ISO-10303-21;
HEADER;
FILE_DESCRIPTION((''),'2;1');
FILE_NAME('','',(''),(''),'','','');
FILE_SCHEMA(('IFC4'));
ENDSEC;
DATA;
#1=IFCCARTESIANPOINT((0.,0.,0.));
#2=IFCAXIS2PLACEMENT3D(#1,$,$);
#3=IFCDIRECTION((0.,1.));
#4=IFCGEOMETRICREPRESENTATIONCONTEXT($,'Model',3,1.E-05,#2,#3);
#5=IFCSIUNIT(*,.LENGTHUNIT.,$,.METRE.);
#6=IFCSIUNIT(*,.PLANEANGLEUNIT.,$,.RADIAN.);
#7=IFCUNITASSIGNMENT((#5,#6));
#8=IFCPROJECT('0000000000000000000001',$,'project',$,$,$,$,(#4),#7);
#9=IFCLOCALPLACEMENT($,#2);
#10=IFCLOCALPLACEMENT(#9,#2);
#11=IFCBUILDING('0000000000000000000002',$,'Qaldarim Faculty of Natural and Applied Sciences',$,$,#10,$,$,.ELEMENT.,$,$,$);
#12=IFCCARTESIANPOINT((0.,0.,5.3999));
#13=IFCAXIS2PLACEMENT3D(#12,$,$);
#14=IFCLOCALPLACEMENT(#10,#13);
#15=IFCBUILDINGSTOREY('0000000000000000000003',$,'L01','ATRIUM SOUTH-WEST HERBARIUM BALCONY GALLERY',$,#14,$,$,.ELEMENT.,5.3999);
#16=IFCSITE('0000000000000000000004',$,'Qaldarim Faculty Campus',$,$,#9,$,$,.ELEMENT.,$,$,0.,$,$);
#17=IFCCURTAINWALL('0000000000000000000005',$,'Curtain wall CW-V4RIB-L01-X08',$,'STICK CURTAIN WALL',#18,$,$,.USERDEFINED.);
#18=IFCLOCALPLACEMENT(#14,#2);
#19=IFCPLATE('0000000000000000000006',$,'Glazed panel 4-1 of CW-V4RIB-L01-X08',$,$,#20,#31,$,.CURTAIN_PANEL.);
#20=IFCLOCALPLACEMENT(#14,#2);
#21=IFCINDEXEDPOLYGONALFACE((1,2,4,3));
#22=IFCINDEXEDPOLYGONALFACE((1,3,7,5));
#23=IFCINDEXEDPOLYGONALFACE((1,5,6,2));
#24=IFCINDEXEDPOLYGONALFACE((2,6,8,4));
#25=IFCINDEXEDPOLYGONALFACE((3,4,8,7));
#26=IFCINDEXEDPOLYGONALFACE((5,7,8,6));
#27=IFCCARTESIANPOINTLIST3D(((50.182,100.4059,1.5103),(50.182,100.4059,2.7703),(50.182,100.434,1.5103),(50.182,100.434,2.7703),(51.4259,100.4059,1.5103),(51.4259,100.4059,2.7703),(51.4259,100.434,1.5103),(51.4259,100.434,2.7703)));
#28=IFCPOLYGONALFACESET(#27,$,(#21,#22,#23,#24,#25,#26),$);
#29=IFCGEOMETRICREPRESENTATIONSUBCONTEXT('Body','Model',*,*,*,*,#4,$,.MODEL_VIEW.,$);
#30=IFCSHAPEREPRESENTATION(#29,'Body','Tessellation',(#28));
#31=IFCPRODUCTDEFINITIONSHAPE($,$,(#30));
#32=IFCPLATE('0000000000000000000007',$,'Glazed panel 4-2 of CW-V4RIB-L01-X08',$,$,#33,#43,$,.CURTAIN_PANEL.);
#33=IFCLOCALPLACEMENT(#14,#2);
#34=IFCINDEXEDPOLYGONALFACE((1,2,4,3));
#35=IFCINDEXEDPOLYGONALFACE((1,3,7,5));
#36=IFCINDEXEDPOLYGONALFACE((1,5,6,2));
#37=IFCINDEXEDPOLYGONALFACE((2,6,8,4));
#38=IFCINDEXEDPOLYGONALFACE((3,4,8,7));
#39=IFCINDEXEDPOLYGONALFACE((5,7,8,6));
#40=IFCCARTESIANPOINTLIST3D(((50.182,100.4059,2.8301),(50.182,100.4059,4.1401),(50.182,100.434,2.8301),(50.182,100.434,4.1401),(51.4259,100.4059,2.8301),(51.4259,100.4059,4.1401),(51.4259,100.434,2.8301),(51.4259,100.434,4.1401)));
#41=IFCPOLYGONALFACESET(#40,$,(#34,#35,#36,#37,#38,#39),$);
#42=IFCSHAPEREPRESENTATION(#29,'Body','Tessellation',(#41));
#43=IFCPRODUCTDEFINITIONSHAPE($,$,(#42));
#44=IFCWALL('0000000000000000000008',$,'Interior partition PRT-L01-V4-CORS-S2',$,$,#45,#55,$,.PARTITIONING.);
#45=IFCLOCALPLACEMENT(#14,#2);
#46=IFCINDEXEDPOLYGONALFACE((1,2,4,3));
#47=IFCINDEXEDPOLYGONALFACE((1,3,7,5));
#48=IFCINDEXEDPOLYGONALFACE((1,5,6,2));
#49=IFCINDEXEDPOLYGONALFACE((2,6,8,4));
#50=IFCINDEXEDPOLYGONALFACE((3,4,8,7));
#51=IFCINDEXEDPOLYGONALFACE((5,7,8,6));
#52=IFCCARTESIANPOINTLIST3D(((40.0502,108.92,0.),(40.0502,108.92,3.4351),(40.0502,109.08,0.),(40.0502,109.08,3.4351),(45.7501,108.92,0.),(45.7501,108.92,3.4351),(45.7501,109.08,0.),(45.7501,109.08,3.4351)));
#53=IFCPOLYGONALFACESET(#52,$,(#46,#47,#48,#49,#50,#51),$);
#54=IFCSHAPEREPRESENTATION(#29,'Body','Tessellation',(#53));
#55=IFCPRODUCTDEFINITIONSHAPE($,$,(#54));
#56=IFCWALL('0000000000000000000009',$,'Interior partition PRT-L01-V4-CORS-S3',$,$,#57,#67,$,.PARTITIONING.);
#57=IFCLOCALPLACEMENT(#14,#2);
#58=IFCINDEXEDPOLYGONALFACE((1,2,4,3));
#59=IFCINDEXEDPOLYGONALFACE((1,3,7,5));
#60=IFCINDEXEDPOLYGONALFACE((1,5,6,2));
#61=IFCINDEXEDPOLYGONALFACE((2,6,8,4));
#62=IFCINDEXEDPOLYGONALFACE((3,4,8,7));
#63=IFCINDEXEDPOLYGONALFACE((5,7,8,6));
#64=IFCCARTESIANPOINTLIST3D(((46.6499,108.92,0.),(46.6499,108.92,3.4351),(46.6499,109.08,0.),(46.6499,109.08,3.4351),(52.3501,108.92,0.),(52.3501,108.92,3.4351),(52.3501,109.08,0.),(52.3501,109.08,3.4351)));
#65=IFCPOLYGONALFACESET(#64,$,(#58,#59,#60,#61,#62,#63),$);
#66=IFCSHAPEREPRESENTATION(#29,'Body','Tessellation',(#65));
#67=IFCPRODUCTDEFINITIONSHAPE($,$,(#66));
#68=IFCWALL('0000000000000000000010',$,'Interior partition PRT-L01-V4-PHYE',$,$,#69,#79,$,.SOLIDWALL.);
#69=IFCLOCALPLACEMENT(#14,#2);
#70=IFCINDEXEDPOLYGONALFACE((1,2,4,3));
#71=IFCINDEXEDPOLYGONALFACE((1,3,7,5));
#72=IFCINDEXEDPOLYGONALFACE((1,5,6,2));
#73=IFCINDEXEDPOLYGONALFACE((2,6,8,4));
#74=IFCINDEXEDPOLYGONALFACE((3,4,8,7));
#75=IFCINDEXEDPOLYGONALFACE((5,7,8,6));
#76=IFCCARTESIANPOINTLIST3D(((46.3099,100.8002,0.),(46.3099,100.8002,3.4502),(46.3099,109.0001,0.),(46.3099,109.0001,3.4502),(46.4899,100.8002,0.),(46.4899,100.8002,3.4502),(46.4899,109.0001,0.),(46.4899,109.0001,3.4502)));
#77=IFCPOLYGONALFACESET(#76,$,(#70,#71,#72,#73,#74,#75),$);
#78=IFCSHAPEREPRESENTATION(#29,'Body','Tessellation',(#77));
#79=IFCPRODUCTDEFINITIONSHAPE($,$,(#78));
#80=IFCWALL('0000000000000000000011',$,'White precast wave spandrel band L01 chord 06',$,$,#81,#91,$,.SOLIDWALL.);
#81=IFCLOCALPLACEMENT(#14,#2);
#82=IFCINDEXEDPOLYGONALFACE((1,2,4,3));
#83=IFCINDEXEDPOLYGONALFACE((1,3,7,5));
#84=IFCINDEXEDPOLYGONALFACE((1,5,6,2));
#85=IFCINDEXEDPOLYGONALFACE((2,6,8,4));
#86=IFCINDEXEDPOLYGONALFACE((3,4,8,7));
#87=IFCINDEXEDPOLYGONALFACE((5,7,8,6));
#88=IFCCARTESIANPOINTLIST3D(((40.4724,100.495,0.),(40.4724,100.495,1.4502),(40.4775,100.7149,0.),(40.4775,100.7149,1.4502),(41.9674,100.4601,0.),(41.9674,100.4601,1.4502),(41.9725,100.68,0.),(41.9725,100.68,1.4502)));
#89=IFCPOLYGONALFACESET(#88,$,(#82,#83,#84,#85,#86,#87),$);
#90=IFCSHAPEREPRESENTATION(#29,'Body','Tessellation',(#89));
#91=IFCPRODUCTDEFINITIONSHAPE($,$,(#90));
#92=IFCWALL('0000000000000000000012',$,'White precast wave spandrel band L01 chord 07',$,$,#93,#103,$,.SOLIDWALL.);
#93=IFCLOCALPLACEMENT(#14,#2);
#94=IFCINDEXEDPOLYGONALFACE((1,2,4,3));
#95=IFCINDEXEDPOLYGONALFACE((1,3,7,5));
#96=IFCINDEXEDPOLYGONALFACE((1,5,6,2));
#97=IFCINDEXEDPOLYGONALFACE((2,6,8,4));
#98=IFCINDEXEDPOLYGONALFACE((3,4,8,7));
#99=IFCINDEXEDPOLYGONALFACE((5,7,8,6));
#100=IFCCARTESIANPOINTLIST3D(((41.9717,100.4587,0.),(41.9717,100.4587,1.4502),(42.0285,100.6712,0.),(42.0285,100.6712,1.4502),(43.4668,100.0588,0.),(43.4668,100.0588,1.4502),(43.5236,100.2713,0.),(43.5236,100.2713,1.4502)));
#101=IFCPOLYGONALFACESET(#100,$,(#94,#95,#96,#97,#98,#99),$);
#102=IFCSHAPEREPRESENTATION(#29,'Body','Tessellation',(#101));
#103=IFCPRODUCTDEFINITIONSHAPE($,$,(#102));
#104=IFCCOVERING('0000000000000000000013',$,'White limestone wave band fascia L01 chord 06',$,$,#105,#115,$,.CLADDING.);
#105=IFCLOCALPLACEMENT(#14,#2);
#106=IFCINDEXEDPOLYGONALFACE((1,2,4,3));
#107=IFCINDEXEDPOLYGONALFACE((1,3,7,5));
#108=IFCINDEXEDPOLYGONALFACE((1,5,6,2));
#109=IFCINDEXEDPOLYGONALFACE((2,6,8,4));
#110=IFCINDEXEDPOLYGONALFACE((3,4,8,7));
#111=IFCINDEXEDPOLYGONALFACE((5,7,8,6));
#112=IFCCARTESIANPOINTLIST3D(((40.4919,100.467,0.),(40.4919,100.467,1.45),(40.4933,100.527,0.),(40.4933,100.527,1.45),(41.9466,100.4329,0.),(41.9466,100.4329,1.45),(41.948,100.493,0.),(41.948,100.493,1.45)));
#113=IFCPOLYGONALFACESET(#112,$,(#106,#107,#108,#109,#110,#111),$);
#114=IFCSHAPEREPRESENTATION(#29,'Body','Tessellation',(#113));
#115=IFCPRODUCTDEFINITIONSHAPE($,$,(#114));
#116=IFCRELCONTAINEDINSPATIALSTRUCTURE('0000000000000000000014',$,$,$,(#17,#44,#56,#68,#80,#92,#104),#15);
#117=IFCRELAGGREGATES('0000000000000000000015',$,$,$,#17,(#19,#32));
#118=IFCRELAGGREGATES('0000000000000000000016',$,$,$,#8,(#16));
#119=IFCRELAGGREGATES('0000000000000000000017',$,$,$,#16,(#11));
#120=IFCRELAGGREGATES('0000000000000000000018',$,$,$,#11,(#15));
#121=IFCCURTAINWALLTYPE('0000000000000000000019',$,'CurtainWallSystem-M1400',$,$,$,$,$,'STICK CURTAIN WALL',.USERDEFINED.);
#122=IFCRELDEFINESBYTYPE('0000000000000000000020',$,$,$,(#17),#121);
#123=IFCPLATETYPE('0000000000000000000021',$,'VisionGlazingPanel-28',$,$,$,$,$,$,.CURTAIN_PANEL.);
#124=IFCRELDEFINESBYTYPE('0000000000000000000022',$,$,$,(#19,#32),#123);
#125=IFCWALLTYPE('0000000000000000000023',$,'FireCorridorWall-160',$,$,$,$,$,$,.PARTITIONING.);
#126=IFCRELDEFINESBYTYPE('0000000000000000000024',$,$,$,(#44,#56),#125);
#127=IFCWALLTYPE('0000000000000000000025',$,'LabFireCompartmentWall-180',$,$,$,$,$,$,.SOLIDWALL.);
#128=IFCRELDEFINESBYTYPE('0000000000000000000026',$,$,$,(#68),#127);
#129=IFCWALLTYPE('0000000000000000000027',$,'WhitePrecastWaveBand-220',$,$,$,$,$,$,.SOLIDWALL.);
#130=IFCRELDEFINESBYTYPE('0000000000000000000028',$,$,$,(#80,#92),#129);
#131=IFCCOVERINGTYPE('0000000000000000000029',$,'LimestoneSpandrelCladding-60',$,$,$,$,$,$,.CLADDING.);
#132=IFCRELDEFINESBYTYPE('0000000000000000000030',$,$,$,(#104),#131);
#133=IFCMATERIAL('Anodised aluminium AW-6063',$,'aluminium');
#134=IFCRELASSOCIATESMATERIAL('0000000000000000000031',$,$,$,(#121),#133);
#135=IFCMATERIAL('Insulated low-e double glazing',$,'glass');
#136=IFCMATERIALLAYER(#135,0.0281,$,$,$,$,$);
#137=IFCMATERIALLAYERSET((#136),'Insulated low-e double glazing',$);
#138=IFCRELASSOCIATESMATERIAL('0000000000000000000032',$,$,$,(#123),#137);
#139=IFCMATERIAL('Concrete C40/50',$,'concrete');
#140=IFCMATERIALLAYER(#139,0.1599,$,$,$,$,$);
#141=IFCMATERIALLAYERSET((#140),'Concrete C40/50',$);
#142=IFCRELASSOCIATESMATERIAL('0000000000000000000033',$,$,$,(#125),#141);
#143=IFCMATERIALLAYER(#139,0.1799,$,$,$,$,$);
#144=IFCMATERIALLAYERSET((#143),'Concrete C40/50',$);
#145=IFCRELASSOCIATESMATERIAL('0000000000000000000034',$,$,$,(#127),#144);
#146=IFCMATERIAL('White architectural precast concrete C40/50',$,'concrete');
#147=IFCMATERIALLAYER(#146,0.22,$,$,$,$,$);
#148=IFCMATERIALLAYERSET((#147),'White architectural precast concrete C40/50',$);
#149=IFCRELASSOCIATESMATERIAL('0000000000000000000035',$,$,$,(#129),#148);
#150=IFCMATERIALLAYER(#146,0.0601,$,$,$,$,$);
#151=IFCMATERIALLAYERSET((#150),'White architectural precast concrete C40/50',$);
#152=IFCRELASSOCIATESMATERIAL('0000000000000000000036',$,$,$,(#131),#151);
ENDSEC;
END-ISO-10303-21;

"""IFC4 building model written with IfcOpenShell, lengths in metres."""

from ifc_helpers import new_model, si_unit, direction, frame, frame_2d, origin, origin_2d, place, context, subcontext, project, spatial, rectangle, extrude, material, layer, layer_set, type_object, element, aggregate, save


model = new_model("IFC4")

# Units and contexts
model_context = context("Model", 3, precision=1e-05, world=origin(), true_north=direction((0.0, 1.0)))
body_context = subcontext(model_context, "Body", "Model", "MODEL_VIEW")
ifc_project = project(units=[si_unit("LENGTHUNIT", "METRE"), si_unit("PLANEANGLEUNIT", "RADIAN")], contexts=[model_context])

# Site, building, storey
site_placement = place(None, origin())
site = spatial("IfcSite", under=ifc_project, at=site_placement, Name="Qaldarim Faculty Campus", CompositionType="ELEMENT", RefElevation=0.0)
building_placement = place(site_placement, origin())
building = spatial("IfcBuilding", under=site, at=building_placement, Name="Qaldarim Faculty of Natural and Applied Sciences", CompositionType="ELEMENT")
storey_placement = place(building_placement, frame((0.0, 0.0, 5.3999)))
storey = spatial("IfcBuildingStorey", under=building, at=storey_placement, Name="L01", Description="ATRIUM SOUTH-WEST HERBARIUM BALCONY GALLERY", CompositionType="ELEMENT", Elevation=5.3999)

# Shared definitions
ifc_material_1 = material(Name="Concrete C40/50", Category="concrete")

# Curtain wall
ifc_material_2 = material(Name="Anodised aluminium AW-6063", Category="aluminium")
curtain_wall_type = type_object("IfcCurtainWallType", Name="CurtainWallSystem-M1400", ElementType="STICK CURTAIN WALL", PredefinedType="USERDEFINED", material=ifc_material_2)
curtain_wall_placement = place(storey_placement, origin())
curtain_wall = element("IfcCurtainWall", 1, at=curtain_wall_placement, inside=storey, type_object=curtain_wall_type, Name="Curtain wall CW-V4RIB-L01-X08", ObjectType="STICK CURTAIN WALL", PredefinedType="USERDEFINED")

# Plates
ifc_material_3 = material(Name="Insulated low-e double glazing", Category="glass")
ifc_layer_1 = layer(ifc_material_3, 0.0281)
ifc_layer_set_1 = layer_set([ifc_layer_1], Name="Insulated low-e double glazing")
plate_type = type_object("IfcPlateType", Name="VisionGlazingPanel-28", PredefinedType="CURTAIN_PANEL", material=ifc_layer_set_1)
plate_1_placement = place(storey_placement, frame((50.804, 100.4199, 1.5103), z_axis=(0.0, 0.0, 1.0), x_axis=(1.0, 0.0, 0.0)))
plate_1 = element("IfcPlate", 2, at=plate_1_placement, type_object=plate_type, Name="Glazed panel 4-1 of CW-V4RIB-L01-X08", PredefinedType="CURTAIN_PANEL", context=body_context, shape_type="SweptSolid", body=[
    extrude(rectangle(XDim=1.2439, YDim=0.0281, at=origin_2d()), origin(), (0.0, 0.0, 1.0), 1.26),
])
plate_2_placement = place(storey_placement, frame((50.804, 100.4199, 2.8301), z_axis=(0.0, 0.0, 1.0), x_axis=(1.0, 0.0, 0.0)))
plate_2 = element("IfcPlate", 3, at=plate_2_placement, type_object=plate_type, Name="Glazed panel 4-2 of CW-V4RIB-L01-X08", PredefinedType="CURTAIN_PANEL", context=body_context, shape_type="SweptSolid", body=[
    extrude(rectangle(XDim=1.2439, YDim=0.0281, at=origin_2d()), origin(), (0.0, 0.0, 1.0), 1.3101),
])
aggregate(curtain_wall, [plate_1, plate_2])

# Walls
ifc_layer_2 = layer(ifc_material_1, 0.1599)
ifc_layer_set_2 = layer_set([ifc_layer_2], Name="Concrete C40/50")
wall_type_1 = type_object("IfcWallType", Name="FireCorridorWall-160", PredefinedType="PARTITIONING", material=ifc_layer_set_2)
wall_1_placement = place(storey_placement, frame((40.05, 109.0, 0.0), z_axis=(0.0, 0.0, 1.0), x_axis=(1.0, 0.0, 0.0)))
element("IfcWall", 4, at=wall_1_placement, inside=storey, type_object=wall_type_1, Name="Interior partition PRT-L01-V4-CORS-S2", PredefinedType="PARTITIONING", context=body_context, shape_type="SweptSolid", body=[
    extrude(rectangle(XDim=5.7, YDim=0.1599, at=frame_2d((2.8501, 0.0))), origin(), (0.0, 0.0, 1.0), 3.4351),
])
wall_2_placement = place(storey_placement, frame((46.6499, 109.0, 0.0), z_axis=(0.0, 0.0, 1.0), x_axis=(1.0, 0.0, 0.0)))
element("IfcWall", 5, at=wall_2_placement, inside=storey, type_object=wall_type_1, Name="Interior partition PRT-L01-V4-CORS-S3", PredefinedType="PARTITIONING", context=body_context, shape_type="SweptSolid", body=[
    extrude(rectangle(XDim=5.7002, YDim=0.1599, at=frame_2d((2.8501, 0.0))), origin(), (0.0, 0.0, 1.0), 3.4351),
])
ifc_layer_3 = layer(ifc_material_1, 0.1799)
ifc_layer_set_3 = layer_set([ifc_layer_3], Name="Concrete C40/50")
wall_type_2 = type_object("IfcWallType", Name="LabFireCompartmentWall-180", PredefinedType="SOLIDWALL", material=ifc_layer_set_3)
wall_3_placement = place(storey_placement, frame((46.3999, 100.8, 0.0), z_axis=(0.0, 0.0, 1.0), x_axis=(0.0, 1.0, 0.0)))
element("IfcWall", 6, at=wall_3_placement, inside=storey, type_object=wall_type_2, Name="Interior partition PRT-L01-V4-PHYE", PredefinedType="SOLIDWALL", context=body_context, shape_type="SweptSolid", body=[
    extrude(rectangle(XDim=8.2, YDim=0.1799, at=frame_2d((4.1001, 0.0))), origin(), (0.0, 0.0, 1.0), 3.4502),
])
ifc_material_4 = material(Name="White architectural precast concrete C40/50", Category="concrete")
ifc_layer_4 = layer(ifc_material_4, 0.22)
ifc_layer_set_4 = layer_set([ifc_layer_4], Name="White architectural precast concrete C40/50")
wall_type_3 = type_object("IfcWallType", Name="WhitePrecastWaveBand-220", PredefinedType="SOLIDWALL", material=ifc_layer_set_4)
wall_4_placement = place(storey_placement, frame((40.4751, 100.605, 0.0), z_axis=(0.0, 0.0, 1.0), x_axis=(0.999727, -0.023348, 0.0)))
element("IfcWall", 7, at=wall_4_placement, inside=storey, type_object=wall_type_3, Name="White precast wave spandrel band L01 chord 06", PredefinedType="SOLIDWALL", context=body_context, shape_type="SweptSolid", body=[
    extrude(rectangle(XDim=1.4954, YDim=0.22, at=frame_2d((0.7476, 0.0))), origin(), (0.0, 0.0, 1.0), 1.4502),
])
wall_5_placement = place(storey_placement, frame((42.0, 100.5649, 0.0), z_axis=(0.0, 0.0, 1.0), x_axis=(0.966041, -0.258389, 0.0)))
element("IfcWall", 8, at=wall_5_placement, inside=storey, type_object=wall_type_3, Name="White precast wave spandrel band L01 chord 07", PredefinedType="SOLIDWALL", context=body_context, shape_type="SweptSolid", body=[
    extrude(rectangle(XDim=1.5476, YDim=0.22, at=frame_2d((0.7739, 0.0))), origin(), (0.0, 0.0, 1.0), 1.4502),
])

# Covering
ifc_layer_5 = layer(ifc_material_4, 0.0601)
ifc_layer_set_5 = layer_set([ifc_layer_5], Name="White architectural precast concrete C40/50")
covering_type = type_object("IfcCoveringType", Name="LimestoneSpandrelCladding-60", PredefinedType="CLADDING", material=ifc_layer_set_5)
covering_placement = place(storey_placement, frame((41.22, 100.48, 0.0), z_axis=(0.0, 0.0, 1.0), x_axis=(0.999726, -0.023403, 0.0)))
element("IfcCovering", 9, at=covering_placement, inside=storey, type_object=covering_type, Name="White limestone wave band fascia L01 chord 06", PredefinedType="CLADDING", context=body_context, shape_type="SweptSolid", body=[
    extrude(rectangle(XDim=1.4551, YDim=0.0601, at=origin_2d()), origin(), (0.0, 0.0, 1.0), 1.45),
])

save(model, "model.ifc")
